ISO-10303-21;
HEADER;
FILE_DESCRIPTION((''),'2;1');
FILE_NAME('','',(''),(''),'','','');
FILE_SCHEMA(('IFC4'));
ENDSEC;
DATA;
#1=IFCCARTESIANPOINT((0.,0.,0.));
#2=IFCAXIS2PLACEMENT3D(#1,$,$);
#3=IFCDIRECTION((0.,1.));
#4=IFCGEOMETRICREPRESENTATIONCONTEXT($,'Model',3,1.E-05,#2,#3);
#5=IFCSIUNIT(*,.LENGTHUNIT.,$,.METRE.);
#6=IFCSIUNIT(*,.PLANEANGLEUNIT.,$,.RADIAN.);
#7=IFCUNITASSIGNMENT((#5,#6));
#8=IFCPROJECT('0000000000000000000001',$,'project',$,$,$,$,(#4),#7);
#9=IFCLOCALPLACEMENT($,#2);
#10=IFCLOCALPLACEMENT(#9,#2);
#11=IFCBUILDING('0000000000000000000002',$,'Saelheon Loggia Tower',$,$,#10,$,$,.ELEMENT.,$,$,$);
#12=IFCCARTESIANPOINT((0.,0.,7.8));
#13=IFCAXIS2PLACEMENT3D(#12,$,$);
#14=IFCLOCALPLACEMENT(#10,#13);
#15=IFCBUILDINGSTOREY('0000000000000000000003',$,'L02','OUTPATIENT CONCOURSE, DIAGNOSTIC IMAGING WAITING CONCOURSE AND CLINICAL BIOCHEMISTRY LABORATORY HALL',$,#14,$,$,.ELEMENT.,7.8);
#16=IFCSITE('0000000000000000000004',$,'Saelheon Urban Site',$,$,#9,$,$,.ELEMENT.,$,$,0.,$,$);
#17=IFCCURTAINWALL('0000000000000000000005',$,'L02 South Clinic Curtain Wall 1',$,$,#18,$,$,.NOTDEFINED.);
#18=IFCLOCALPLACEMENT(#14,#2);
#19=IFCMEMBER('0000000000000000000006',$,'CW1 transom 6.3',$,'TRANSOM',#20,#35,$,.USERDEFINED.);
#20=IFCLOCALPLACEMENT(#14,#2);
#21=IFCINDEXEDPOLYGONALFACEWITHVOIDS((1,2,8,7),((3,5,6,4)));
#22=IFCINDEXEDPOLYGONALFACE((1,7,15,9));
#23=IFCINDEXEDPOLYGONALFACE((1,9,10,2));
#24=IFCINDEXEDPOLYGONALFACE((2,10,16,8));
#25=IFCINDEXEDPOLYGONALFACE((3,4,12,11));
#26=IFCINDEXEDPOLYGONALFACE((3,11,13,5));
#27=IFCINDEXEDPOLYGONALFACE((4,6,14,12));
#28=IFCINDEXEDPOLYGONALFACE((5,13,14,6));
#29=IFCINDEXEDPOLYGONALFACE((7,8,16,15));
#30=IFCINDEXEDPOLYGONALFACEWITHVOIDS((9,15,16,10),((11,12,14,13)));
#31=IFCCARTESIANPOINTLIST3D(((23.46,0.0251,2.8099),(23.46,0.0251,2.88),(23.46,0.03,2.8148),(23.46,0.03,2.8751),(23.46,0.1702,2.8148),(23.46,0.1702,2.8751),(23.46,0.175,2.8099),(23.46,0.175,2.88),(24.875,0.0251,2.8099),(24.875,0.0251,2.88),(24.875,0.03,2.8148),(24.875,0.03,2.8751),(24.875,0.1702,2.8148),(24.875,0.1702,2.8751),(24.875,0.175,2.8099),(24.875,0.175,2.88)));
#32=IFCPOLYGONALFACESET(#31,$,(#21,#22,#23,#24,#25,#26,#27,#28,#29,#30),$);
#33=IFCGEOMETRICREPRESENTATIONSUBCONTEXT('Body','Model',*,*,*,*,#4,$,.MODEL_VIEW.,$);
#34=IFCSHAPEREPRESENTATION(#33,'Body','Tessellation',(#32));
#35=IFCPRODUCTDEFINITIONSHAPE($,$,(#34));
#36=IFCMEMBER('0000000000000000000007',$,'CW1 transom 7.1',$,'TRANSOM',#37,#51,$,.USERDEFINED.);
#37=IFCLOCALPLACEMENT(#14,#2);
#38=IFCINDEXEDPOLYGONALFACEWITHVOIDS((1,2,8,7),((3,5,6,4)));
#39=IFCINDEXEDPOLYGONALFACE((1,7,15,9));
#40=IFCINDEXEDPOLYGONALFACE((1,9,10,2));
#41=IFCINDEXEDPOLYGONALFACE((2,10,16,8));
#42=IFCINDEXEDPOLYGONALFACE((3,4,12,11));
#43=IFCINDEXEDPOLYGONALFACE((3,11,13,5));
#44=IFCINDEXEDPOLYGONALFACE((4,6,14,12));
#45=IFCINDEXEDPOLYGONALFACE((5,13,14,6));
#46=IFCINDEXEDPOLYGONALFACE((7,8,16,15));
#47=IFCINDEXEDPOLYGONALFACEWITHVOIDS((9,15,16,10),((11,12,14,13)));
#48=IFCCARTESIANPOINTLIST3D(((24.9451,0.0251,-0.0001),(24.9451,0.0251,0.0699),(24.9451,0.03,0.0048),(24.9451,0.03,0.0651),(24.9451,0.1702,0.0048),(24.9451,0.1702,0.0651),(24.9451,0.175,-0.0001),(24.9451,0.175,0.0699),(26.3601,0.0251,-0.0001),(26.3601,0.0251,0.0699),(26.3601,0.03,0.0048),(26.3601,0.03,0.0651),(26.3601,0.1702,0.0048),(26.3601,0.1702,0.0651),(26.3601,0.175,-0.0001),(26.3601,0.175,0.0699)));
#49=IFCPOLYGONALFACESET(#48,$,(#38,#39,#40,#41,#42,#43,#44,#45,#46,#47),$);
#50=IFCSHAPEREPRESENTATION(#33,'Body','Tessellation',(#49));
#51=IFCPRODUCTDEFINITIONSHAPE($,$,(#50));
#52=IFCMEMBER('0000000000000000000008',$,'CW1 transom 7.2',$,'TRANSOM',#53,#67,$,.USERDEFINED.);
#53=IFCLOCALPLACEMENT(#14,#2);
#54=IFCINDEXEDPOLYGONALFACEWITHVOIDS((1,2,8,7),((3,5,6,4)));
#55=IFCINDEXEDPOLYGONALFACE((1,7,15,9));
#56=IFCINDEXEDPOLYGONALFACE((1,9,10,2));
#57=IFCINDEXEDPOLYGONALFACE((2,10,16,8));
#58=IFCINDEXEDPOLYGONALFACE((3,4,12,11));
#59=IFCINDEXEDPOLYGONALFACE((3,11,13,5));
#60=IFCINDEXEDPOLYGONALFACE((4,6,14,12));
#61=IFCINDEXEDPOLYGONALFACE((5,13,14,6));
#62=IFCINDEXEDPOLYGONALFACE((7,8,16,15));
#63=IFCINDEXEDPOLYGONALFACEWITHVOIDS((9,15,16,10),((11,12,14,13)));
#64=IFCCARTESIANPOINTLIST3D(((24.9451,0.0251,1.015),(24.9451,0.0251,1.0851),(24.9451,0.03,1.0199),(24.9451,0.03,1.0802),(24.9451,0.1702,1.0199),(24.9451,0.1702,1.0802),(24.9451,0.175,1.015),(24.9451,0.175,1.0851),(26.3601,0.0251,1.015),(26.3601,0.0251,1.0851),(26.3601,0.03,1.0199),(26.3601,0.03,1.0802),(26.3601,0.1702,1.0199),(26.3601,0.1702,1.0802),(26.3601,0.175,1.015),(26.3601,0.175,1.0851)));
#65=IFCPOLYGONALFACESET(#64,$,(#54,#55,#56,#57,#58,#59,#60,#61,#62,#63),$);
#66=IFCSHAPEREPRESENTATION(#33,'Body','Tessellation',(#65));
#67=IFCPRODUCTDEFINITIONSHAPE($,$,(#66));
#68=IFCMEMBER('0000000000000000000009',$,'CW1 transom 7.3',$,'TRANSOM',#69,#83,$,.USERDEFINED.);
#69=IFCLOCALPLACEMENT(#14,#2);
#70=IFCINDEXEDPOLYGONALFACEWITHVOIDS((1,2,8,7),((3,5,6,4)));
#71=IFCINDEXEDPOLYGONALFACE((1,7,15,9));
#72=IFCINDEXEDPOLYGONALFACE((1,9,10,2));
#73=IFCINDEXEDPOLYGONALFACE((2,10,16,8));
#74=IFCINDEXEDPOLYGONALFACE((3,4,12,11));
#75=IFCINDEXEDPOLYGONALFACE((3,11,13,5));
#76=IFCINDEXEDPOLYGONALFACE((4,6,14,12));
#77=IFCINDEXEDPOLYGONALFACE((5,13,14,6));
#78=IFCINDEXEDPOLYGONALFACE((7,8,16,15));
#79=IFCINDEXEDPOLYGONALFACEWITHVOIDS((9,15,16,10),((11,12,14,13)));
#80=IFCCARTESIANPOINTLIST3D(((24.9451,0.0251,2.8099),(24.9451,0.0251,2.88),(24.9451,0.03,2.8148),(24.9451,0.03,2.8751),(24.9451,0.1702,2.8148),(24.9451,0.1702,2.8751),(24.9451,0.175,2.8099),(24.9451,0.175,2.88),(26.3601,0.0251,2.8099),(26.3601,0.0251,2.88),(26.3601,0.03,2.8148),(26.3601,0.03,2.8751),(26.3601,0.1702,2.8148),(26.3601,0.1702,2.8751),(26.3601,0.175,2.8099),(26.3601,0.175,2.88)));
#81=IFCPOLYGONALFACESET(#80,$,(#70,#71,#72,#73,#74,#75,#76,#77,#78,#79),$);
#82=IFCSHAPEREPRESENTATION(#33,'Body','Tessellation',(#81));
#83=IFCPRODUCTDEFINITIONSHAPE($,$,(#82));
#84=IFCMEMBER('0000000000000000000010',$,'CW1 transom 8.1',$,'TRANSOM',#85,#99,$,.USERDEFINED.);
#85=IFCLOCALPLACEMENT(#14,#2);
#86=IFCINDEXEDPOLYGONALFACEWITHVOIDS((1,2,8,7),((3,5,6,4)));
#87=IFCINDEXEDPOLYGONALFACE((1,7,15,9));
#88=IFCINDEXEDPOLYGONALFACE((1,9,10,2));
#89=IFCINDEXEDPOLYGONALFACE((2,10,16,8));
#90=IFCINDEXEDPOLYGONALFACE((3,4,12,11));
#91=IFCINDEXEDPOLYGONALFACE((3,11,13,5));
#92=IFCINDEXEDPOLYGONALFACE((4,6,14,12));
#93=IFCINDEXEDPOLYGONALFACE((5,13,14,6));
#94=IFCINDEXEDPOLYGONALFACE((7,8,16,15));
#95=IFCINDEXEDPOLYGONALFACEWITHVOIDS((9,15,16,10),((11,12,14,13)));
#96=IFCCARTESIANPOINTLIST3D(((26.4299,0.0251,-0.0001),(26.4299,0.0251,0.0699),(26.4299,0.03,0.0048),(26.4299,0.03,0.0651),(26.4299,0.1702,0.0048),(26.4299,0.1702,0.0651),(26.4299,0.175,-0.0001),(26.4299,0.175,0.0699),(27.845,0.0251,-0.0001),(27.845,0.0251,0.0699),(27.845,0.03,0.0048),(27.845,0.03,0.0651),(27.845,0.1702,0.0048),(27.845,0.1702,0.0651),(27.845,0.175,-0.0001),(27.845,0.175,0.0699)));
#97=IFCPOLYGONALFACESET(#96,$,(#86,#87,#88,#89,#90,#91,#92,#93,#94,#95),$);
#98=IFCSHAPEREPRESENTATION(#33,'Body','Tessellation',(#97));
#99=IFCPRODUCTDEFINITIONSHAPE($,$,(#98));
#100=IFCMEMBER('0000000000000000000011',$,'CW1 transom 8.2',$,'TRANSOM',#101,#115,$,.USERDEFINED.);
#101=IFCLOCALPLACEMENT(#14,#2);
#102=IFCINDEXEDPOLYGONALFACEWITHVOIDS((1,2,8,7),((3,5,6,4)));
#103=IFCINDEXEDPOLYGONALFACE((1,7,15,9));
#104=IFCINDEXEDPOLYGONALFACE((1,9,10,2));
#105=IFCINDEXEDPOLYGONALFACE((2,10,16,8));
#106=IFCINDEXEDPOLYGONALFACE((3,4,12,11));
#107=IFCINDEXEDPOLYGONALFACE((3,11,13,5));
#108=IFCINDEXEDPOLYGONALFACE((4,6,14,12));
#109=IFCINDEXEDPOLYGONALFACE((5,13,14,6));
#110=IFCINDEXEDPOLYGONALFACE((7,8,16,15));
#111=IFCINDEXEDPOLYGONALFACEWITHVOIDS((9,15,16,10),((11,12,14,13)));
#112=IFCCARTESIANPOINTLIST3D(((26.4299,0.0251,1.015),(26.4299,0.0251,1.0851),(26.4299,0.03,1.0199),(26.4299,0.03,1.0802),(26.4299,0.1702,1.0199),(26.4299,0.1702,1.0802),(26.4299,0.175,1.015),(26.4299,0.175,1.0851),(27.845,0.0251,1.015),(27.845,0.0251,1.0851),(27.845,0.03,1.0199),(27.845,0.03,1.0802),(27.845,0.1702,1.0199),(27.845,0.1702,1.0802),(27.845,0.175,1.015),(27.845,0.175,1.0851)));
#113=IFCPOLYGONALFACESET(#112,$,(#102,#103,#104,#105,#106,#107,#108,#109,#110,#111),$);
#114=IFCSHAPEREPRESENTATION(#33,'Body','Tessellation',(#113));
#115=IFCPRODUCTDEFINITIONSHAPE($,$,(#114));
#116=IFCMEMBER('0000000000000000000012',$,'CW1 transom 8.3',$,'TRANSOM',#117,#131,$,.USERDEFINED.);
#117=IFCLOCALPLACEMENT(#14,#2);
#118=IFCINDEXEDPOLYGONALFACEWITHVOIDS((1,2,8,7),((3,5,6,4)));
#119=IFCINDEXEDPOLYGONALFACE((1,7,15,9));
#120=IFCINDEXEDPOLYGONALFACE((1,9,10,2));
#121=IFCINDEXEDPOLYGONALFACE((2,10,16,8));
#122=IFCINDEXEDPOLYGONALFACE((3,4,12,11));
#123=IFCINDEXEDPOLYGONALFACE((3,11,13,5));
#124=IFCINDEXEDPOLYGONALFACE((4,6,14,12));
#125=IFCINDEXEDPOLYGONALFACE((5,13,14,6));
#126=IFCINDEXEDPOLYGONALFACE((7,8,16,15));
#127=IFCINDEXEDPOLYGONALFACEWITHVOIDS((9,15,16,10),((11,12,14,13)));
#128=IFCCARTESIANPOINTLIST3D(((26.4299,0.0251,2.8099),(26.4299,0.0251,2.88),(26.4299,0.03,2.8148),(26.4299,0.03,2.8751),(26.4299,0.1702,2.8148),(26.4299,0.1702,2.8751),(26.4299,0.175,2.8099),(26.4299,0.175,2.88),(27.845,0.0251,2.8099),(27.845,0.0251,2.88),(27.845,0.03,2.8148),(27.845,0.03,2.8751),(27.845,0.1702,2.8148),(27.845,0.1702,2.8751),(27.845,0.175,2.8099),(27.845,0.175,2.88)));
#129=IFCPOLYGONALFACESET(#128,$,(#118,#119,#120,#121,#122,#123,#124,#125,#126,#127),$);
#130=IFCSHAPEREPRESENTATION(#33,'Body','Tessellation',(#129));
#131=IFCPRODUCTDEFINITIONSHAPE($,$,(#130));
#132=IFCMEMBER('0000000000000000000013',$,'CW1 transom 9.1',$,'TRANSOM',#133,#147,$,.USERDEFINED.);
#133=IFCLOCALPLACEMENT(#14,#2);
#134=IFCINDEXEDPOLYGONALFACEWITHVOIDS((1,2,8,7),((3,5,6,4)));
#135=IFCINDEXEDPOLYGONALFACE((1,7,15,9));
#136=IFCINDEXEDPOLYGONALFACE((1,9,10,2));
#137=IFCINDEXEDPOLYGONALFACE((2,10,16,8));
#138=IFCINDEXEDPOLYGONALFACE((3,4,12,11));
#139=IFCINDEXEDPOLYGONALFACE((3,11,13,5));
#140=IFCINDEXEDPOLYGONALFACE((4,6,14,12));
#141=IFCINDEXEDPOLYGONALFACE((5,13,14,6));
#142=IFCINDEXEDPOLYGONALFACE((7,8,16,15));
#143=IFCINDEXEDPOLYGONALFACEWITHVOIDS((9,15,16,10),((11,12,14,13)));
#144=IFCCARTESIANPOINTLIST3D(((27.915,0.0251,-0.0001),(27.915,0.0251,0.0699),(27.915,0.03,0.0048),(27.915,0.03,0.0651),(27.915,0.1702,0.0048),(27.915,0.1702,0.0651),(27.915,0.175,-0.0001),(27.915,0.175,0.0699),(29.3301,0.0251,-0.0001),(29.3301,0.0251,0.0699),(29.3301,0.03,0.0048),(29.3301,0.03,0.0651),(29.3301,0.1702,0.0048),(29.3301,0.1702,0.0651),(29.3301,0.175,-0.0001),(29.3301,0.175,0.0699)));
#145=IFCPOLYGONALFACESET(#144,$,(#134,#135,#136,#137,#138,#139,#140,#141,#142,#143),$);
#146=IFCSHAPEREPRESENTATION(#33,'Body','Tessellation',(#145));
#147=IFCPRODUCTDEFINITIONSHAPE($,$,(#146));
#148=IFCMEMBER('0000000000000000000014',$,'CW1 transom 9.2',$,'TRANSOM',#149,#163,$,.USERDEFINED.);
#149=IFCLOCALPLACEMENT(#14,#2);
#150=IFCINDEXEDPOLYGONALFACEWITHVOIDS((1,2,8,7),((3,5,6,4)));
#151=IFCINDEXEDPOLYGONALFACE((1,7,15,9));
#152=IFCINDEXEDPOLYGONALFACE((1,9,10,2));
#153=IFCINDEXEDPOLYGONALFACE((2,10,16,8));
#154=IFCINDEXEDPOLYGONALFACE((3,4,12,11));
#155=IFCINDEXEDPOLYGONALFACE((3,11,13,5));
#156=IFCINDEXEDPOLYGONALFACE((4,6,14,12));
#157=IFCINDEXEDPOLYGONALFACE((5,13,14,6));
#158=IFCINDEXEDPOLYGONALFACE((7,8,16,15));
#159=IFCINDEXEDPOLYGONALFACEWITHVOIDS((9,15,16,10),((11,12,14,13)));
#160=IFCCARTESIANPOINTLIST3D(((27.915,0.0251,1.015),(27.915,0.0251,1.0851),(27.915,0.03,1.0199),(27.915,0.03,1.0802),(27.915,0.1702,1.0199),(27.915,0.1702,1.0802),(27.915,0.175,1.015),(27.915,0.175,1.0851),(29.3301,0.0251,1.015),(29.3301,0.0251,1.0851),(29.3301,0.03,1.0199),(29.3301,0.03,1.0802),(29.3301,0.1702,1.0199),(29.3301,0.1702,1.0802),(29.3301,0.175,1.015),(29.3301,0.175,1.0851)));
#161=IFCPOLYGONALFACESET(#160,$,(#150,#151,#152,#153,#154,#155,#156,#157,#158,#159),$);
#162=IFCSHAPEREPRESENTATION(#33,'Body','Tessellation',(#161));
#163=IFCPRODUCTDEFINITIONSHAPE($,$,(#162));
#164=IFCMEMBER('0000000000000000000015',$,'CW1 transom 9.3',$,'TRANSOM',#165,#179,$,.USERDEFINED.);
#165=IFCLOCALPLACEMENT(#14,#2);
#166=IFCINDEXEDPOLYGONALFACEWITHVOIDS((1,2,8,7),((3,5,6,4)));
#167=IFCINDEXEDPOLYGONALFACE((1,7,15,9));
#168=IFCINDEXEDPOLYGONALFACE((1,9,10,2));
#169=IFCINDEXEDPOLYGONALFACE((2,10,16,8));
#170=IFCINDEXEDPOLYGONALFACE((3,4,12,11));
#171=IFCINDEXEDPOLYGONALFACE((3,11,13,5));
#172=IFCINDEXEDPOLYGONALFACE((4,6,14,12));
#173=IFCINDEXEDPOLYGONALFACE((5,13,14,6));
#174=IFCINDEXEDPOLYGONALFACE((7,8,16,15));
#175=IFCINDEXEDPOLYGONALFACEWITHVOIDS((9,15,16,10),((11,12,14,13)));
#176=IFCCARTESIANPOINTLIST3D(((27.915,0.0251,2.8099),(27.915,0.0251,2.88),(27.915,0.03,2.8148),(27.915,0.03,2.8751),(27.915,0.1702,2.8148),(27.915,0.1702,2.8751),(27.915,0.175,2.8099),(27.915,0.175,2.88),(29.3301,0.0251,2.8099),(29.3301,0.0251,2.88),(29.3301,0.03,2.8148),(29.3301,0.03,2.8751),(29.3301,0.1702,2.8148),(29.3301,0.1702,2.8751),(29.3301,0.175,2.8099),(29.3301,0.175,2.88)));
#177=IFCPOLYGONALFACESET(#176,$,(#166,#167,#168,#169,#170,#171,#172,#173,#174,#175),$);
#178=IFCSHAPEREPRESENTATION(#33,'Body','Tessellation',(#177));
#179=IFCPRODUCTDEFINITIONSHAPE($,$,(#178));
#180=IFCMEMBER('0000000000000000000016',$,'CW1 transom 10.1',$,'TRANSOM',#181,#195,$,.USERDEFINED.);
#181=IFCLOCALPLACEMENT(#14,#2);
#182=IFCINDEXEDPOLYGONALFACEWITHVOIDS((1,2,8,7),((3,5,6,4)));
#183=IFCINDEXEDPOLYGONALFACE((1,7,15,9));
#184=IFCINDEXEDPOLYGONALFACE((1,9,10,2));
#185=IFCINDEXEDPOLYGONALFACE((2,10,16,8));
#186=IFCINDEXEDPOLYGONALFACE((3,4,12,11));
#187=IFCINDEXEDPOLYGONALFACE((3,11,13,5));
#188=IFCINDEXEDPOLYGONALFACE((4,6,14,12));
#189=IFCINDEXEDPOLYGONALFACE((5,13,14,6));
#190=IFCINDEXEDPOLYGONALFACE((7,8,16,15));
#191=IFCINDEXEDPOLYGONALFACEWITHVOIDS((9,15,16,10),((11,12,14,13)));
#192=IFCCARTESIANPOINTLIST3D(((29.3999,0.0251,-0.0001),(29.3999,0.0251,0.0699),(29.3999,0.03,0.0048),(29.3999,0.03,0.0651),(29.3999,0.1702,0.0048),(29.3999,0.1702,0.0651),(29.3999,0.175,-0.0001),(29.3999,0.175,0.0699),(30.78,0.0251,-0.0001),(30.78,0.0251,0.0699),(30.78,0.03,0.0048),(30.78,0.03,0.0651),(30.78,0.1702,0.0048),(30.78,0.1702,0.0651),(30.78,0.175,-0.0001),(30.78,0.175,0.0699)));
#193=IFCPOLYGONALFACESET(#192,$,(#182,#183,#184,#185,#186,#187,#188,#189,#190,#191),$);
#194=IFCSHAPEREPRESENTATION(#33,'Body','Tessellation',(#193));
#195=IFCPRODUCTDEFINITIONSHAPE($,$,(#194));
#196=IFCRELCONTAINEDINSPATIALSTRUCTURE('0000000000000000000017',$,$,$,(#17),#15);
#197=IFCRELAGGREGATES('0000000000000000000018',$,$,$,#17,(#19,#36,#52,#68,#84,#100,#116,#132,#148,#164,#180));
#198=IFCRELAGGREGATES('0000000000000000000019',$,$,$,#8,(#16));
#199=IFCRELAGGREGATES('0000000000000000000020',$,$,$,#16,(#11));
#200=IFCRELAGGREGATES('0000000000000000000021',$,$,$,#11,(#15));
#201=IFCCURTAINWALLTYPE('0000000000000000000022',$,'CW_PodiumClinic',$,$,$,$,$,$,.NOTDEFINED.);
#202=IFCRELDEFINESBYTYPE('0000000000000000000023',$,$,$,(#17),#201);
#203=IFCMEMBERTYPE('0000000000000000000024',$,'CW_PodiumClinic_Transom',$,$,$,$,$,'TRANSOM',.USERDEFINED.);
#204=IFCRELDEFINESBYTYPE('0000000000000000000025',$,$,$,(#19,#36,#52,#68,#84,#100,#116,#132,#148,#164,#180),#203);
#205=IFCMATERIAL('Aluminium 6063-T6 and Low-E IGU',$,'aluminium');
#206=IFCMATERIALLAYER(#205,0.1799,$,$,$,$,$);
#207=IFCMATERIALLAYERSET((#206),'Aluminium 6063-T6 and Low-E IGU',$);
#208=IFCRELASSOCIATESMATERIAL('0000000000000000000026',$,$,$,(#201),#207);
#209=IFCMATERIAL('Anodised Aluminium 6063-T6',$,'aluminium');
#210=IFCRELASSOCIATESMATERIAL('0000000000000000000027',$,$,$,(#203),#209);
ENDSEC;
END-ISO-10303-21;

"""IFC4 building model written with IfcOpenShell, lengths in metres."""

from ifc_helpers import new_model, si_unit, direction, frame, origin, origin_2d, place, context, subcontext, project, spatial, hollow_rectangle, extrude, source, transform, mapped, material, layer, layer_set, material_profile, profile_set, type_object, element, aggregate, save


model = new_model("IFC4")

# Units and contexts
model_context = context("Model", 3, precision=1e-05, world=origin(), true_north=direction((0.0, 1.0)))
body_context = subcontext(model_context, "Body", "Model", "MODEL_VIEW")
ifc_project = project(units=[si_unit("LENGTHUNIT", "METRE"), si_unit("PLANEANGLEUNIT", "RADIAN")], contexts=[model_context])

# Site, building, storey
site_placement = place(None, origin())
site = spatial("IfcSite", under=ifc_project, at=site_placement, Name="Saelheon Urban Site", CompositionType="ELEMENT", RefElevation=0.0)
building_placement = place(site_placement, origin())
building = spatial("IfcBuilding", under=site, at=building_placement, Name="Saelheon Loggia Tower", CompositionType="ELEMENT")
storey_placement = place(building_placement, frame((0.0, 0.0, 7.8)))
storey = spatial("IfcBuildingStorey", under=building, at=storey_placement, Name="L02", Description="OUTPATIENT CONCOURSE, DIAGNOSTIC IMAGING WAITING CONCOURSE AND CLINICAL BIOCHEMISTRY LABORATORY HALL", CompositionType="ELEMENT", Elevation=7.8)

# Curtain wall, members
ifc_material_1 = material(Name="Aluminium 6063-T6 and Low-E IGU", Category="aluminium")
ifc_layer_1 = layer(ifc_material_1, 0.1799)
ifc_layer_set_1 = layer_set([ifc_layer_1], Name="Aluminium 6063-T6 and Low-E IGU")
curtain_wall_type = type_object("IfcCurtainWallType", Name="CW_PodiumClinic", PredefinedType="NOTDEFINED", material=ifc_layer_set_1)
curtain_wall_1_placement = place(storey_placement, origin())
curtain_wall_1 = element("IfcCurtainWall", 1, at=curtain_wall_1_placement, inside=storey, type_object=curtain_wall_type, Name="L02 South Clinic Curtain Wall 1", PredefinedType="NOTDEFINED")
ifc_material_2 = material(Name="Anodised Aluminium 6063-T6", Category="aluminium")
ifc_material_profile_1 = material_profile(ifc_material_2, hollow_rectangle(XDim=0.0701, YDim=0.1499, WallThickness=0.0049, at=origin_2d()), Name="RHS-150x70x5")
ifc_profile_set_1 = profile_set([ifc_material_profile_1], Name="Anodised Aluminium 6063-T6")
member_type_1 = type_object("IfcMemberType", Name="CW_PodiumClinic_Transom", ElementType="TRANSOM", PredefinedType="USERDEFINED", material=ifc_profile_set_1)
shared_shape_1 = source(origin(), body_context, "Body", "SweptSolid", [
    extrude(hollow_rectangle(XDim=0.0701, YDim=0.1499, WallThickness=0.0049, at=origin_2d()), origin(), (0.0, 0.0, 1.0), 1.415),
])
member_1_placement = place(storey_placement, frame((23.46, 0.1001, 2.845), z_axis=(1.0, 0.0, 0.0), x_axis=(0.0, 0.0, 1.0)))
member_1 = element("IfcMember", 2, at=member_1_placement, type_object=member_type_1, Name="CW1 transom 6.3", ObjectType="TRANSOM", PredefinedType="USERDEFINED", context=body_context, shape_type="MappedRepresentation", body=[
    mapped(shared_shape_1, transform((0.0, 0.0, 0.0), scale=1.0)),
])
member_2_placement = place(storey_placement, frame((24.9451, 0.1001, 0.0349), z_axis=(1.0, 0.0, 0.0), x_axis=(0.0, 0.0, 1.0)))
member_2 = element("IfcMember", 3, at=member_2_placement, type_object=member_type_1, Name="CW1 transom 7.1", ObjectType="TRANSOM", PredefinedType="USERDEFINED", context=body_context, shape_type="MappedRepresentation", body=[
    mapped(shared_shape_1, transform((0.0, 0.0, 0.0), scale=1.0)),
])
member_3_placement = place(storey_placement, frame((24.9451, 0.1001, 1.05), z_axis=(1.0, 0.0, 0.0), x_axis=(0.0, 0.0, 1.0)))
member_3 = element("IfcMember", 4, at=member_3_placement, type_object=member_type_1, Name="CW1 transom 7.2", ObjectType="TRANSOM", PredefinedType="USERDEFINED", context=body_context, shape_type="MappedRepresentation", body=[
    mapped(shared_shape_1, transform((0.0, 0.0, 0.0), scale=1.0)),
])
member_4_placement = place(storey_placement, frame((24.9451, 0.1001, 2.845), z_axis=(1.0, 0.0, 0.0), x_axis=(0.0, 0.0, 1.0)))
member_4 = element("IfcMember", 5, at=member_4_placement, type_object=member_type_1, Name="CW1 transom 7.3", ObjectType="TRANSOM", PredefinedType="USERDEFINED", context=body_context, shape_type="MappedRepresentation", body=[
    mapped(shared_shape_1, transform((0.0, 0.0, 0.0), scale=1.0)),
])
member_5_placement = place(storey_placement, frame((26.4299, 0.1001, 0.0349), z_axis=(1.0, 0.0, 0.0), x_axis=(0.0, 0.0, 1.0)))
member_5 = element("IfcMember", 6, at=member_5_placement, type_object=member_type_1, Name="CW1 transom 8.1", ObjectType="TRANSOM", PredefinedType="USERDEFINED", context=body_context, shape_type="MappedRepresentation", body=[
    mapped(shared_shape_1, transform((0.0, 0.0, 0.0), scale=1.0)),
])
member_6_placement = place(storey_placement, frame((26.4299, 0.1001, 1.05), z_axis=(1.0, 0.0, 0.0), x_axis=(0.0, 0.0, 1.0)))
member_6 = element("IfcMember", 7, at=member_6_placement, type_object=member_type_1, Name="CW1 transom 8.2", ObjectType="TRANSOM", PredefinedType="USERDEFINED", context=body_context, shape_type="MappedRepresentation", body=[
    mapped(shared_shape_1, transform((0.0, 0.0, 0.0), scale=1.0)),
])
member_7_placement = place(storey_placement, frame((26.4299, 0.1001, 2.845), z_axis=(1.0, 0.0, 0.0), x_axis=(0.0, 0.0, 1.0)))
member_7 = element("IfcMember", 8, at=member_7_placement, type_object=member_type_1, Name="CW1 transom 8.3", ObjectType="TRANSOM", PredefinedType="USERDEFINED", context=body_context, shape_type="MappedRepresentation", body=[
    mapped(shared_shape_1, transform((0.0, 0.0, 0.0), scale=1.0)),
])
member_8_placement = place(storey_placement, frame((27.915, 0.1001, 0.0349), z_axis=(1.0, 0.0, 0.0), x_axis=(0.0, 0.0, 1.0)))
member_8 = element("IfcMember", 9, at=member_8_placement, type_object=member_type_1, Name="CW1 transom 9.1", ObjectType="TRANSOM", PredefinedType="USERDEFINED", context=body_context, shape_type="MappedRepresentation", body=[
    mapped(shared_shape_1, transform((0.0, 0.0, 0.0), scale=1.0)),
])
member_9_placement = place(storey_placement, frame((27.915, 0.1001, 1.05), z_axis=(1.0, 0.0, 0.0), x_axis=(0.0, 0.0, 1.0)))
member_9 = element("IfcMember", 10, at=member_9_placement, type_object=member_type_1, Name="CW1 transom 9.2", ObjectType="TRANSOM", PredefinedType="USERDEFINED", context=body_context, shape_type="MappedRepresentation", body=[
    mapped(shared_shape_1, transform((0.0, 0.0, 0.0), scale=1.0)),
])
member_10_placement = place(storey_placement, frame((27.915, 0.1001, 2.845), z_axis=(1.0, 0.0, 0.0), x_axis=(0.0, 0.0, 1.0)))
member_10 = element("IfcMember", 11, at=member_10_placement, type_object=member_type_1, Name="CW1 transom 9.3", ObjectType="TRANSOM", PredefinedType="USERDEFINED", context=body_context, shape_type="MappedRepresentation", body=[
    mapped(shared_shape_1, transform((0.0, 0.0, 0.0), scale=1.0)),
])
shared_shape_2 = source(origin(), body_context, "Body", "SweptSolid", [
    extrude(hollow_rectangle(XDim=0.0701, YDim=0.1499, WallThickness=0.0049, at=origin_2d()), origin(), (0.0, 0.0, 1.0), 1.3801),
])
member_11_placement = place(storey_placement, frame((29.3999, 0.1001, 0.0349), z_axis=(1.0, 0.0, 0.0), x_axis=(0.0, 0.0, 1.0)))
member_11 = element("IfcMember", 12, at=member_11_placement, type_object=member_type_1, Name="CW1 transom 10.1", ObjectType="TRANSOM", PredefinedType="USERDEFINED", context=body_context, shape_type="MappedRepresentation", body=[
    mapped(shared_shape_2, transform((0.0, 0.0, 0.0), scale=1.0)),
])

aggregate(curtain_wall_1, [member_1, member_2, member_3, member_4, member_5, member_6, member_7, member_8, member_9, member_10, member_11])

save(model, "model.ifc")
